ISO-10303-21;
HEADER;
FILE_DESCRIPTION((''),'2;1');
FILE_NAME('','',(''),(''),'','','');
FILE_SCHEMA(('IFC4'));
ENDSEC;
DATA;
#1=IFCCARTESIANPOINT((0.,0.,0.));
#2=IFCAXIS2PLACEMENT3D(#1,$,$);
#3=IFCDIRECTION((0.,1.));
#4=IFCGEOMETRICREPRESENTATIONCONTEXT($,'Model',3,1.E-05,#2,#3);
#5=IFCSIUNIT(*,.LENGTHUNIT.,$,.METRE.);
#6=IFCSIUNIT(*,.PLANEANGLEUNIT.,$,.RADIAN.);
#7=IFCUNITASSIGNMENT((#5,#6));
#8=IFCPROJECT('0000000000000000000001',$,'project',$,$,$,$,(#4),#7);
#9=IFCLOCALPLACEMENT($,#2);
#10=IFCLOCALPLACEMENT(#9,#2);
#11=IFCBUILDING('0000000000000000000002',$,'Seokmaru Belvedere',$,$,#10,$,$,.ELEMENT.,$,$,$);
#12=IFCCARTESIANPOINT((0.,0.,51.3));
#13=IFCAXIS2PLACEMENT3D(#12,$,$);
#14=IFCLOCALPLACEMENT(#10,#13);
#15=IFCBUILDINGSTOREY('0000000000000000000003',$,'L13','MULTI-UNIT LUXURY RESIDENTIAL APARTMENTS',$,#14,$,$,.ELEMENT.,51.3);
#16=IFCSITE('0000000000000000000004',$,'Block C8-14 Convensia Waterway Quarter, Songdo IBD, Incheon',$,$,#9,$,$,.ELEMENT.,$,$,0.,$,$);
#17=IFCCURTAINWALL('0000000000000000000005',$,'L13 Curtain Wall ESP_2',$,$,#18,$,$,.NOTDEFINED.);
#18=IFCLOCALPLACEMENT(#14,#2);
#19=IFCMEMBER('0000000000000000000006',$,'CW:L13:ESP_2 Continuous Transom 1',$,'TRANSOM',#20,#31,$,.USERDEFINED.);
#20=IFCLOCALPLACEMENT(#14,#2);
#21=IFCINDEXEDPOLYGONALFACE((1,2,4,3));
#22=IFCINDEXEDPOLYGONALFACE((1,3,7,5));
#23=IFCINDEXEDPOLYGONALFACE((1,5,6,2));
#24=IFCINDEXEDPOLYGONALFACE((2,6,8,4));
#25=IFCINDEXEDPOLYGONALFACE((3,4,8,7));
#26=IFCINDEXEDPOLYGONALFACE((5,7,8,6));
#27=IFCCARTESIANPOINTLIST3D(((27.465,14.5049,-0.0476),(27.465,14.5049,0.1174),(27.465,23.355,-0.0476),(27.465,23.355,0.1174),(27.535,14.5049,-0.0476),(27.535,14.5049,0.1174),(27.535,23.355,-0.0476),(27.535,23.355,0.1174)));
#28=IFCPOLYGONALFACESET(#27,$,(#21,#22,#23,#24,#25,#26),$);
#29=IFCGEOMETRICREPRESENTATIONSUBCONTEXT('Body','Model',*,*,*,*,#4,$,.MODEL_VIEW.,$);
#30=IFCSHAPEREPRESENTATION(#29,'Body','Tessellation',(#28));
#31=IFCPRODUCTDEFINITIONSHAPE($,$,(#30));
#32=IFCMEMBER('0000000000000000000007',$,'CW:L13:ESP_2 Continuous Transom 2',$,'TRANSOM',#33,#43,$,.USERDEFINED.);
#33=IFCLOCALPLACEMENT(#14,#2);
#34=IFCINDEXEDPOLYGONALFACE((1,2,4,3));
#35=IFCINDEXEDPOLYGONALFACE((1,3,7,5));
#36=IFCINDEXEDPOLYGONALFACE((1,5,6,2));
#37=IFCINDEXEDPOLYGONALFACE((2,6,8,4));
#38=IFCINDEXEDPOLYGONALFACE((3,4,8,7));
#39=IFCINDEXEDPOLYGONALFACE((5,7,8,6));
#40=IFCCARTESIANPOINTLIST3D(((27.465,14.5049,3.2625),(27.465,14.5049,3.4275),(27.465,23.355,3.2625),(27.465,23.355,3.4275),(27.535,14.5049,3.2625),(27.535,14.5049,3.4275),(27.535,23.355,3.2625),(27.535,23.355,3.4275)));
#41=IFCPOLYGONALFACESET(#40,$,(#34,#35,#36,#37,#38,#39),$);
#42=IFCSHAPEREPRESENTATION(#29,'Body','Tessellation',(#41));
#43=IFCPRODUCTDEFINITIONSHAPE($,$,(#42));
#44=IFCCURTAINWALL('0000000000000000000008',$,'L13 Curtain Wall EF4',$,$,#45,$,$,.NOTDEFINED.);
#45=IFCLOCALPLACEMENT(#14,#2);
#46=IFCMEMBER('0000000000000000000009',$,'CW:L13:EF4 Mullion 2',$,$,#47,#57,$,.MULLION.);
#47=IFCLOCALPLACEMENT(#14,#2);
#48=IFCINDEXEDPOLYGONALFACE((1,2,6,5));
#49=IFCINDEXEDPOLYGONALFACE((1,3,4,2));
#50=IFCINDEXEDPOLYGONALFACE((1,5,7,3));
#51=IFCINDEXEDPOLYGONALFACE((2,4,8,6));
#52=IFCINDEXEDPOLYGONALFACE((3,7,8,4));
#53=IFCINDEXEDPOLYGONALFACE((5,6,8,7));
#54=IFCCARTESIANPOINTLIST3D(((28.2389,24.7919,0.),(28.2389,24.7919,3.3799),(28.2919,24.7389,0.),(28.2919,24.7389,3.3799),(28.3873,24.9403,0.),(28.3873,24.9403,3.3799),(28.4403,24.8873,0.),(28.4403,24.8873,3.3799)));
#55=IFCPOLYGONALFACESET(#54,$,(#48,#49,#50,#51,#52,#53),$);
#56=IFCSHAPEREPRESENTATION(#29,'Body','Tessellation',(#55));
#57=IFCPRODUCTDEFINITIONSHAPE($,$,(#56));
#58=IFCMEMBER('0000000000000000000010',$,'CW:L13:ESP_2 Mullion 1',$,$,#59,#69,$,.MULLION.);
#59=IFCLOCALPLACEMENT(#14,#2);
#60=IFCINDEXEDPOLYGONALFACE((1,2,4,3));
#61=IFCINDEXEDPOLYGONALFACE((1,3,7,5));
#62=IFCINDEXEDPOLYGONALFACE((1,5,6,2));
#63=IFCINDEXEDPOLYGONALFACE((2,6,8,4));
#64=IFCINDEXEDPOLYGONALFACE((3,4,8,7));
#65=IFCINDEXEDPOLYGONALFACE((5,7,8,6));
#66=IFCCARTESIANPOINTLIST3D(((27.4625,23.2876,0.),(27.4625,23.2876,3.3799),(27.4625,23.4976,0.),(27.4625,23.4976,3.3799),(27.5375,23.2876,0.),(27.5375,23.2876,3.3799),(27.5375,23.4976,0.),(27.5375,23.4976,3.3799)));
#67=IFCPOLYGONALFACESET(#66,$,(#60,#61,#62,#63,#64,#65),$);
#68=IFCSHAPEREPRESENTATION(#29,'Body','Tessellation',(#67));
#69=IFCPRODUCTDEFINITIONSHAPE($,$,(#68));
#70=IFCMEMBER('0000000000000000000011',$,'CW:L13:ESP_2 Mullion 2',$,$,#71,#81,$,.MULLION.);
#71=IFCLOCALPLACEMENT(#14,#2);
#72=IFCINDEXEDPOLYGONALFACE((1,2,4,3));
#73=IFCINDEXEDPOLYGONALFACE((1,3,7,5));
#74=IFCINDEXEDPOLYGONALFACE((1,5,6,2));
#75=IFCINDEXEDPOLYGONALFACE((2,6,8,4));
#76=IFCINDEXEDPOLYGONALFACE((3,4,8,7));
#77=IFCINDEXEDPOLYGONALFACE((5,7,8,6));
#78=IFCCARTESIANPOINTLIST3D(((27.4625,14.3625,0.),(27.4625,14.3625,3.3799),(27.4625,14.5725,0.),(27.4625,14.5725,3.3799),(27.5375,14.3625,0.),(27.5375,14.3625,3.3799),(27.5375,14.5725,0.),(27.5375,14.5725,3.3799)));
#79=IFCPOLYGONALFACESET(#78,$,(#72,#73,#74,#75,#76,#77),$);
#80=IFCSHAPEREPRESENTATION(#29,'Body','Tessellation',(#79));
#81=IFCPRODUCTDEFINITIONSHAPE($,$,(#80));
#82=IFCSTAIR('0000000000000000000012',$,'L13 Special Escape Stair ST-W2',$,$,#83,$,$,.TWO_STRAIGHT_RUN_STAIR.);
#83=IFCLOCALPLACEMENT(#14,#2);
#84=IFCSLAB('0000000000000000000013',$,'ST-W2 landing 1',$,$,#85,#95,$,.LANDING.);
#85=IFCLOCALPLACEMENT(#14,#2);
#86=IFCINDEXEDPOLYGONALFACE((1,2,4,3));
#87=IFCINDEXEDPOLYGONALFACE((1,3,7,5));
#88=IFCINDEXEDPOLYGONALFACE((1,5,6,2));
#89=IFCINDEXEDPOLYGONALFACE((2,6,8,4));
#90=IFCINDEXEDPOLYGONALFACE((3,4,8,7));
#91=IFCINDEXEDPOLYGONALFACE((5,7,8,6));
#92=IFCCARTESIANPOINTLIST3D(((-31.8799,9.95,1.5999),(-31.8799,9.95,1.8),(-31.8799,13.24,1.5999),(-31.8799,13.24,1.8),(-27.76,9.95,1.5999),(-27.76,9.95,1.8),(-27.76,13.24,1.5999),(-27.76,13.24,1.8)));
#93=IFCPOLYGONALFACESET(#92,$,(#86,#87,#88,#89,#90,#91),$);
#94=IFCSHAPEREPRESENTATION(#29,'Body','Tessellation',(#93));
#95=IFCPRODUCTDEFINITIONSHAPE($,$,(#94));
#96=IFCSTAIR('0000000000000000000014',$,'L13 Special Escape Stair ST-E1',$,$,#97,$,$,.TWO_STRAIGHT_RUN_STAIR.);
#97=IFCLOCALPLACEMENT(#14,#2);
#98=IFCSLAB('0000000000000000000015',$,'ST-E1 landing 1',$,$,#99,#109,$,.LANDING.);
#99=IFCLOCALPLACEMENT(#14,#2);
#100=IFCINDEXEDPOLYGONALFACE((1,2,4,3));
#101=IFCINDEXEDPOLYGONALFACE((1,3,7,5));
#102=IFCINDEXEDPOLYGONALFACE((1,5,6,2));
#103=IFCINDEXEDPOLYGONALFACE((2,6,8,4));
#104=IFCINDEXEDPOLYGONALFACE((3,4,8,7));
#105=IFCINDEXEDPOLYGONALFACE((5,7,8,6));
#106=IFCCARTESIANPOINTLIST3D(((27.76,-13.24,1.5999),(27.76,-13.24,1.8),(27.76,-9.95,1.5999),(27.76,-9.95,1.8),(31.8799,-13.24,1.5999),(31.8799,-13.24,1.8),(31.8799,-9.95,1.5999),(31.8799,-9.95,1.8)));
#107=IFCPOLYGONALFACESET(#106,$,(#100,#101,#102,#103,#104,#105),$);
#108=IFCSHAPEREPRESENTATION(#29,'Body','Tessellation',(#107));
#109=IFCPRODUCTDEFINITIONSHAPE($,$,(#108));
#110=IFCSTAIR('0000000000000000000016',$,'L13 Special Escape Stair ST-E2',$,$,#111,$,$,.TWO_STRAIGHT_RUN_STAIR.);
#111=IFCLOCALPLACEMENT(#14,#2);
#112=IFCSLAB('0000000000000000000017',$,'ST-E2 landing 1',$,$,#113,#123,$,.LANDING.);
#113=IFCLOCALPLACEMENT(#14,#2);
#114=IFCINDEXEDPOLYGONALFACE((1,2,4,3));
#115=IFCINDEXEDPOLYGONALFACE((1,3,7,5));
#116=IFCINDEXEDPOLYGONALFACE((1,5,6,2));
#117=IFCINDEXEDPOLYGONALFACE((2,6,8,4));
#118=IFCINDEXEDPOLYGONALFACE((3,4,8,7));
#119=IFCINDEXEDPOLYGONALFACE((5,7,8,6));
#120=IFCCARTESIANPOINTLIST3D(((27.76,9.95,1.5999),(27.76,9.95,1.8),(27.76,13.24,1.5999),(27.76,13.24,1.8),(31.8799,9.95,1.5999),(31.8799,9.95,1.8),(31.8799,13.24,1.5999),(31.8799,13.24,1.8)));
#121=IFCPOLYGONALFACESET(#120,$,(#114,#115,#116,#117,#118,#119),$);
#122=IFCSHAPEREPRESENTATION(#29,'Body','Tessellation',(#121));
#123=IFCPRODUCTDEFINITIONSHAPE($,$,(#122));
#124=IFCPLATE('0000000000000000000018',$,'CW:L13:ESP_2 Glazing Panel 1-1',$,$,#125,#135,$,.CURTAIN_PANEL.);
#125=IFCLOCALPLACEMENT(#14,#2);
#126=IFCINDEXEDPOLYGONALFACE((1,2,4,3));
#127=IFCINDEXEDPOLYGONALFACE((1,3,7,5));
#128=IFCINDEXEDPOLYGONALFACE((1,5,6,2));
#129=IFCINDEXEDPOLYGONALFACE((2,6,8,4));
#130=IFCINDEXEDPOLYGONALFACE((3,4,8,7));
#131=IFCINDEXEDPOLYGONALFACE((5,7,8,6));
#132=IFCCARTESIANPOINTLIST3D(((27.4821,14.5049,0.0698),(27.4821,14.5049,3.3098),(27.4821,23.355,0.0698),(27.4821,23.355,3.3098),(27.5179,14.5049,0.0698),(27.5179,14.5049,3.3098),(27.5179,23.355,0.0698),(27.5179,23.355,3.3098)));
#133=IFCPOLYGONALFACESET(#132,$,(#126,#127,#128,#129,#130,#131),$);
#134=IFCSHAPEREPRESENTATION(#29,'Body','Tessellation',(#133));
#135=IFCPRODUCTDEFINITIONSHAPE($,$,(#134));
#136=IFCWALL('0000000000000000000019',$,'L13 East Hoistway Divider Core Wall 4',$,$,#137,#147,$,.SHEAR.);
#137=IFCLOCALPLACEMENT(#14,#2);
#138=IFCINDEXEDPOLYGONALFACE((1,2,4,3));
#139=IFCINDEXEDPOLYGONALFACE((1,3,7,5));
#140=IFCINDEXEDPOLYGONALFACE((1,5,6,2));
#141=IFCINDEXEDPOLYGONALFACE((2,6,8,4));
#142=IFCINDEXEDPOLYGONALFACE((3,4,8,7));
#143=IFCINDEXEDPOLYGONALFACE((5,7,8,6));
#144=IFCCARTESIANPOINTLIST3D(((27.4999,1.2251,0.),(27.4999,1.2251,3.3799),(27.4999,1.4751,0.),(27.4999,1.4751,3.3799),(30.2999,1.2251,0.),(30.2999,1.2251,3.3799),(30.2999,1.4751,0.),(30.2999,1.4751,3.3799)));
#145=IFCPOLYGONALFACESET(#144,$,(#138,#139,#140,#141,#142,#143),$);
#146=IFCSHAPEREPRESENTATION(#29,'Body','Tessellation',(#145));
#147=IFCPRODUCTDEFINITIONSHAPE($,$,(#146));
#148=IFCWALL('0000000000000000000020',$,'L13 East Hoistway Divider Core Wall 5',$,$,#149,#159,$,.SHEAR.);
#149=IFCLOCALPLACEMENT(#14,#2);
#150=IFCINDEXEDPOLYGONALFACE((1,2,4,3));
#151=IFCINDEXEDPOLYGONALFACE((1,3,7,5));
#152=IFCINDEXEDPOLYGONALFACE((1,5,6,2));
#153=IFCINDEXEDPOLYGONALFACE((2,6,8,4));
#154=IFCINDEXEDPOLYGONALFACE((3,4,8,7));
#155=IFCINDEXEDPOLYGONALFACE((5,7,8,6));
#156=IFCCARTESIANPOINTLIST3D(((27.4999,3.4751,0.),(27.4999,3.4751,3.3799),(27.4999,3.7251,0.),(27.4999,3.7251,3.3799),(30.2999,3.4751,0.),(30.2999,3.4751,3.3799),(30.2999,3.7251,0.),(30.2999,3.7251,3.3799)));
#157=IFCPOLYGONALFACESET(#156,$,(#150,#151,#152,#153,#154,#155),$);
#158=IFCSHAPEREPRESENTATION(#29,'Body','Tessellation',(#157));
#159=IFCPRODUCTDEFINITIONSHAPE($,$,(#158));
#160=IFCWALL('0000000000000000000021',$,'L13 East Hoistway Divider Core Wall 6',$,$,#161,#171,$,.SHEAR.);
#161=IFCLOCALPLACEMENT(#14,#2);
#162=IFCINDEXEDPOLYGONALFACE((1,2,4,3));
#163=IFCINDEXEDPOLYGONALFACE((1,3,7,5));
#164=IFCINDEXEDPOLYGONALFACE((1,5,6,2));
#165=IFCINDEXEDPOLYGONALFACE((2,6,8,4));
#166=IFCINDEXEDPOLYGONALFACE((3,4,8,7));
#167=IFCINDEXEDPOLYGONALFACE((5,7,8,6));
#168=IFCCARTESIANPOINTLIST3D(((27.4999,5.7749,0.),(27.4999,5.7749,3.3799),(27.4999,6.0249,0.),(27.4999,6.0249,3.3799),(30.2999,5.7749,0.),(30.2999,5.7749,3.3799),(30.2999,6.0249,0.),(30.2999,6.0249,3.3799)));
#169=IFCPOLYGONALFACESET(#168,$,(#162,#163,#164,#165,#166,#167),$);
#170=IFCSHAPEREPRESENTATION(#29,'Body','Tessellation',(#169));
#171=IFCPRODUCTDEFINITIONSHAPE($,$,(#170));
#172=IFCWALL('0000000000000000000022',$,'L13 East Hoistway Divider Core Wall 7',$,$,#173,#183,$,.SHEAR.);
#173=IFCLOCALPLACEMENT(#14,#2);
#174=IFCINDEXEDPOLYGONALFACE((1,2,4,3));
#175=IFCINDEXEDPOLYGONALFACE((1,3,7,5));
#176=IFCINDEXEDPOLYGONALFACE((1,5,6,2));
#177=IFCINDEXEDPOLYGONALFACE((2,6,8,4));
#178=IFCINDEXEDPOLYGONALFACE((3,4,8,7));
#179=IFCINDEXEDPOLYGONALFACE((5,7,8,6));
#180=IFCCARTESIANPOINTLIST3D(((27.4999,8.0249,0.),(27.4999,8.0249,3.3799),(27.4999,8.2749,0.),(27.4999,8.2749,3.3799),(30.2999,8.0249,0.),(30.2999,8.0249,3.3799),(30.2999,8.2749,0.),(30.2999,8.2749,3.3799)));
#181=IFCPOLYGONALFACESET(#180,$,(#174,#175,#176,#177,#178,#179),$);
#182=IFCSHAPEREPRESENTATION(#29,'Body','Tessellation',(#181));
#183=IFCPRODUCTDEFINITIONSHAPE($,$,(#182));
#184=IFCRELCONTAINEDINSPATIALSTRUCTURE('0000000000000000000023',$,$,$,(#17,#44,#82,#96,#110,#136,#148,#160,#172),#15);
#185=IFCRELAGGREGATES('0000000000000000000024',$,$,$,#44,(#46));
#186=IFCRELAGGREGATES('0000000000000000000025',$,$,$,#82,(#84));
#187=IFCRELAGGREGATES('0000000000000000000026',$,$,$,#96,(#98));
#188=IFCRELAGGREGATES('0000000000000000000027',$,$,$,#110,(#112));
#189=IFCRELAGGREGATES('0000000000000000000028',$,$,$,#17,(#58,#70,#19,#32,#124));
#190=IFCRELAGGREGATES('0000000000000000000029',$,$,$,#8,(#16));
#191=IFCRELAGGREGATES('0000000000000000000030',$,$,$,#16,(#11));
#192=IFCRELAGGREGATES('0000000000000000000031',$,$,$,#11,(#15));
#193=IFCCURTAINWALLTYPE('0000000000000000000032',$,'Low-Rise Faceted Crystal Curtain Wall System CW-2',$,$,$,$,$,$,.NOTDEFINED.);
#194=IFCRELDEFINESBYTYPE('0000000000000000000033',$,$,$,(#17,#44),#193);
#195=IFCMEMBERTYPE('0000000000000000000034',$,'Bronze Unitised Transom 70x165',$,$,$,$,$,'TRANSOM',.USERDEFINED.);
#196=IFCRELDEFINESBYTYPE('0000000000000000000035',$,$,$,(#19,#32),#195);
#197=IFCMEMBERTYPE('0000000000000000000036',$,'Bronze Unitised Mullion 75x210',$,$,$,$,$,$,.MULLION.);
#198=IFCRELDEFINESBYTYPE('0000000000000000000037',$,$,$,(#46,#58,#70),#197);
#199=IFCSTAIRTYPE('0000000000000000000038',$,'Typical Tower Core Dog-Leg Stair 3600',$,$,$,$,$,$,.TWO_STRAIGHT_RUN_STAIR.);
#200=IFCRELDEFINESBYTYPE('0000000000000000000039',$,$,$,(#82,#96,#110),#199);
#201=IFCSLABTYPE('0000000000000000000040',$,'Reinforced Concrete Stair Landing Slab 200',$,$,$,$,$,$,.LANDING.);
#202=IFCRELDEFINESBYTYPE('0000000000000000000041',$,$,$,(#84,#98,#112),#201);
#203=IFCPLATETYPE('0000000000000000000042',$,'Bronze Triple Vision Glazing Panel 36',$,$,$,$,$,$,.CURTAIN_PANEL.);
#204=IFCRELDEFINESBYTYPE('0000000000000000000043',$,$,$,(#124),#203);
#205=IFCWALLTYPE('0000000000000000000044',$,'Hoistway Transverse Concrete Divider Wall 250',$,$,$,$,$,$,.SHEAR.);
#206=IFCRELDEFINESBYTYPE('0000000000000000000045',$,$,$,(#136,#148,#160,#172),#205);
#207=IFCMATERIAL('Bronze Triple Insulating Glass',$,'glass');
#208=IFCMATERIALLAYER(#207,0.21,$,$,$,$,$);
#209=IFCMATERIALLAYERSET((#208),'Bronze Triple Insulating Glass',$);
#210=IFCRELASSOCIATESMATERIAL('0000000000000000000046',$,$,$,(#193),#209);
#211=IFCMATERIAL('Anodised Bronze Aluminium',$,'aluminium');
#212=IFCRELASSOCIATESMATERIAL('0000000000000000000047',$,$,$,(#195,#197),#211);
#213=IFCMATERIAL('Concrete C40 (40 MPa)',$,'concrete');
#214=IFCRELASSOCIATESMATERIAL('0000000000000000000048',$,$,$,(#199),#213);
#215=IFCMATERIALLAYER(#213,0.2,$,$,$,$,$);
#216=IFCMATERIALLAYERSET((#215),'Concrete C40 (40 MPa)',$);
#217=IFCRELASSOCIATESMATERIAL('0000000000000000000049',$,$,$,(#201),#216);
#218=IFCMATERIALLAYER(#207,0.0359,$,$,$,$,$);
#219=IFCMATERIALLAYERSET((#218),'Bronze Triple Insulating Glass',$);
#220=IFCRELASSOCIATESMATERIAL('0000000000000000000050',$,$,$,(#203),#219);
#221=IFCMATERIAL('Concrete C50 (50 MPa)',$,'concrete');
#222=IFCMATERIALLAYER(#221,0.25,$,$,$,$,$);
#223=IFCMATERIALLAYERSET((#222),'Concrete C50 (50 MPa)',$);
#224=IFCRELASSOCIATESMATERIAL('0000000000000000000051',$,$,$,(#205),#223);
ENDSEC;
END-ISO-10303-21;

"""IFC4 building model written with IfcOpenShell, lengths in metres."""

from ifc_helpers import new_model, si_unit, direction, frame, frame_2d, origin, origin_2d, place, context, subcontext, project, spatial, polyline, rectangle, outline, extrude, source, transform, mapped, material, layer, layer_set, material_profile, profile_set, type_object, type_shapes, element, aggregate, save


model = new_model("IFC4")

# Units and contexts
model_context = context("Model", 3, precision=1e-05, world=origin(), true_north=direction((0.0, 1.0)))
body_context = subcontext(model_context, "Body", "Model", "MODEL_VIEW")
ifc_project = project(units=[si_unit("LENGTHUNIT", "METRE"), si_unit("PLANEANGLEUNIT", "RADIAN")], contexts=[model_context])

# Site, building, storey
site_placement = place(None, origin())
site = spatial("IfcSite", under=ifc_project, at=site_placement, Name="Block C8-14 Convensia Waterway Quarter, Songdo IBD, Incheon", CompositionType="ELEMENT", RefElevation=0.0)
building_placement = place(site_placement, origin())
building = spatial("IfcBuilding", under=site, at=building_placement, Name="Seokmaru Belvedere", CompositionType="ELEMENT")
storey_placement = place(building_placement, frame((0.0, 0.0, 51.3)))
storey = spatial("IfcBuildingStorey", under=building, at=storey_placement, Name="L13", Description="MULTI-UNIT LUXURY RESIDENTIAL APARTMENTS", CompositionType="ELEMENT", Elevation=51.3)

# Curtain wall, members
ifc_material_1 = material(Name="Bronze Triple Insulating Glass", Category="glass")
ifc_layer_1 = layer(ifc_material_1, 0.21)
ifc_layer_set_1 = layer_set([ifc_layer_1], Name="Bronze Triple Insulating Glass")
curtain_wall_type = type_object("IfcCurtainWallType", Name="Low-Rise Faceted Crystal Curtain Wall System CW-2", PredefinedType="NOTDEFINED", material=ifc_layer_set_1)
curtain_wall_1_placement = place(storey_placement, origin())
curtain_wall_1 = element("IfcCurtainWall", 1, at=curtain_wall_1_placement, inside=storey, type_object=curtain_wall_type, Name="L13 Curtain Wall ESP_2", PredefinedType="NOTDEFINED")
ifc_material_2 = material(Name="Anodised Bronze Aluminium", Category="aluminium")
ifc_material_profile_1 = material_profile(ifc_material_2, rectangle(XDim=0.0701, YDim=0.165, at=origin_2d()), Name="CW-T-70x165")
ifc_profile_set_1 = profile_set([ifc_material_profile_1], Name="Anodised Bronze Aluminium")
member_type_1 = type_object("IfcMemberType", Name="Bronze Unitised Transom 70x165", ElementType="TRANSOM", PredefinedType="USERDEFINED", material=ifc_profile_set_1)
shared_shape_1 = source(origin(), body_context, "Body", "SweptSolid", [
    extrude(rectangle(XDim=0.0701, YDim=0.165, at=origin_2d()), origin(), (0.0, 0.0, 1.0), 8.8501),
])
type_shapes(member_type_1, [shared_shape_1])
member_1_placement = place(storey_placement, frame((27.5, 23.355, 0.0349), z_axis=(0.0, -1.0, 0.0), x_axis=(1.0, 0.0, 0.0)))
member_1 = element("IfcMember", 2, at=member_1_placement, type_object=member_type_1, Name="CW:L13:ESP_2 Continuous Transom 1", ObjectType="TRANSOM", PredefinedType="USERDEFINED", context=body_context, shape_type="MappedRepresentation", body=[
    mapped(shared_shape_1, transform((0.0, 0.0, 0.0), scale=1.0)),
])
member_2_placement = place(storey_placement, frame((27.5, 23.355, 3.345), z_axis=(0.0, -1.0, 0.0), x_axis=(1.0, 0.0, 0.0)))
member_2 = element("IfcMember", 3, at=member_2_placement, type_object=member_type_1, Name="CW:L13:ESP_2 Continuous Transom 2", ObjectType="TRANSOM", PredefinedType="USERDEFINED", context=body_context, shape_type="MappedRepresentation", body=[
    mapped(shared_shape_1, transform((0.0, 0.0, 0.0), scale=1.0)),
])

# Curtain wall, member
curtain_wall_2_placement = place(storey_placement, origin())
curtain_wall_2 = element("IfcCurtainWall", 4, at=curtain_wall_2_placement, inside=storey, type_object=curtain_wall_type, Name="L13 Curtain Wall EF4", PredefinedType="NOTDEFINED")
ifc_material_profile_2 = material_profile(ifc_material_2, rectangle(XDim=0.075, YDim=0.21, at=origin_2d()), Name="CW-M-75x210")
ifc_profile_set_2 = profile_set([ifc_material_profile_2], Name="Anodised Bronze Aluminium")
member_type_2 = type_object("IfcMemberType", Name="Bronze Unitised Mullion 75x210", PredefinedType="MULLION", material=ifc_profile_set_2)
shared_shape_2 = source(origin(), body_context, "Body", "SweptSolid", [
    extrude(rectangle(XDim=0.075, YDim=0.21, at=origin_2d()), origin(), (0.0, 0.0, 1.0), 3.3799),
])
type_shapes(member_type_2, [shared_shape_2])
member_3_placement = place(storey_placement, frame((28.3396, 24.8396, 0.0), z_axis=(0.0, 0.0, 1.0), x_axis=(0.707107, -0.707107, 0.0)))
member_3 = element("IfcMember", 5, at=member_3_placement, type_object=member_type_2, Name="CW:L13:EF4 Mullion 2", PredefinedType="MULLION", context=body_context, shape_type="MappedRepresentation", body=[
    mapped(shared_shape_2, transform((0.0, 0.0, 0.0), scale=1.0)),
])
aggregate(curtain_wall_2, [member_3])

# Members
member_4_placement = place(storey_placement, frame((27.5, 23.3926, 0.0), z_axis=(0.0, 0.0, 1.0), x_axis=(1.0, 0.0, 0.0)))
member_4 = element("IfcMember", 6, at=member_4_placement, type_object=member_type_2, Name="CW:L13:ESP_2 Mullion 1", PredefinedType="MULLION", context=body_context, shape_type="MappedRepresentation", body=[
    mapped(shared_shape_2, transform((0.0, 0.0, 0.0), scale=1.0)),
])
member_5_placement = place(storey_placement, frame((27.5, 14.4675, 0.0), z_axis=(0.0, 0.0, 1.0), x_axis=(1.0, 0.0, 0.0)))
member_5 = element("IfcMember", 7, at=member_5_placement, type_object=member_type_2, Name="CW:L13:ESP_2 Mullion 2", PredefinedType="MULLION", context=body_context, shape_type="MappedRepresentation", body=[
    mapped(shared_shape_2, transform((0.0, 0.0, 0.0), scale=1.0)),
])

# Stairs, slabs
ifc_material_3 = material(Name="Concrete C40 (40 MPa)", Category="concrete")
stair_type = type_object("IfcStairType", Name="Typical Tower Core Dog-Leg Stair 3600", PredefinedType="TWO_STRAIGHT_RUN_STAIR", material=ifc_material_3)
stair_1_placement = place(storey_placement, origin())
stair_1 = element("IfcStair", 8, at=stair_1_placement, inside=storey, type_object=stair_type, Name="L13 Special Escape Stair ST-W2", PredefinedType="TWO_STRAIGHT_RUN_STAIR")
ifc_layer_2 = layer(ifc_material_3, 0.2)
ifc_layer_set_2 = layer_set([ifc_layer_2], Name="Concrete C40 (40 MPa)")
slab_type = type_object("IfcSlabType", Name="Reinforced Concrete Stair Landing Slab 200", PredefinedType="LANDING", material=ifc_layer_set_2)
slab_1_placement = place(storey_placement, frame((0.0, 0.0, 1.5999)))
slab_1 = element("IfcSlab", 9, at=slab_1_placement, type_object=slab_type, Name="ST-W2 landing 1", PredefinedType="LANDING", context=body_context, shape_type="SweptSolid", body=[
    extrude(outline(polyline([(-31.8799, 9.95), (-27.76, 9.95), (-27.76, 13.24), (-31.8799, 13.24), (-31.8799, 9.95)])), origin(), (0.0, 0.0, 1.0), 0.2002),
])
aggregate(stair_1, [slab_1])
stair_2_placement = place(storey_placement, origin())
stair_2 = element("IfcStair", 10, at=stair_2_placement, inside=storey, type_object=stair_type, Name="L13 Special Escape Stair ST-E1", PredefinedType="TWO_STRAIGHT_RUN_STAIR")
slab_2_placement = place(storey_placement, frame((0.0, 0.0, 1.5999)))
slab_2 = element("IfcSlab", 11, at=slab_2_placement, type_object=slab_type, Name="ST-E1 landing 1", PredefinedType="LANDING", context=body_context, shape_type="SweptSolid", body=[
    extrude(outline(polyline([(27.76, -13.24), (31.8799, -13.24), (31.8799, -9.95), (27.76, -9.95), (27.76, -13.24)])), origin(), (0.0, 0.0, 1.0), 0.2002),
])
aggregate(stair_2, [slab_2])
stair_3_placement = place(storey_placement, origin())
stair_3 = element("IfcStair", 12, at=stair_3_placement, inside=storey, type_object=stair_type, Name="L13 Special Escape Stair ST-E2", PredefinedType="TWO_STRAIGHT_RUN_STAIR")
slab_3_placement = place(storey_placement, frame((0.0, 0.0, 1.5999)))
slab_3 = element("IfcSlab", 13, at=slab_3_placement, type_object=slab_type, Name="ST-E2 landing 1", PredefinedType="LANDING", context=body_context, shape_type="SweptSolid", body=[
    extrude(outline(polyline([(27.76, 9.95), (31.8799, 9.95), (31.8799, 13.24), (27.76, 13.24), (27.76, 9.95)])), origin(), (0.0, 0.0, 1.0), 0.2002),
])
aggregate(stair_3, [slab_3])

# Plate
ifc_layer_3 = layer(ifc_material_1, 0.0359)
ifc_layer_set_3 = layer_set([ifc_layer_3], Name="Bronze Triple Insulating Glass")
plate_type = type_object("IfcPlateType", Name="Bronze Triple Vision Glazing Panel 36", PredefinedType="CURTAIN_PANEL", material=ifc_layer_set_3)
shared_shape_3 = source(origin(), body_context, "Body", "SweptSolid", [
    extrude(rectangle(XDim=8.8501, YDim=0.0359, at=origin_2d()), origin(), (0.0, 0.0, 1.0), 3.24),
])
type_shapes(plate_type, [shared_shape_3])
plate_placement = place(storey_placement, frame((27.5, 18.9299, 0.0698), z_axis=(0.0, 0.0, 1.0), x_axis=(0.0, -1.0, 0.0)))
plate = element("IfcPlate", 14, at=plate_placement, type_object=plate_type, Name="CW:L13:ESP_2 Glazing Panel 1-1", PredefinedType="CURTAIN_PANEL", context=body_context, shape_type="MappedRepresentation", body=[
    mapped(shared_shape_3, transform((0.0, 0.0, 0.0), scale=1.0)),
])
aggregate(curtain_wall_1, [member_4, member_5, member_1, member_2, plate])

# Walls
ifc_material_4 = material(Name="Concrete C50 (50 MPa)", Category="concrete")
ifc_layer_4 = layer(ifc_material_4, 0.25)
ifc_layer_set_4 = layer_set([ifc_layer_4], Name="Concrete C50 (50 MPa)")
wall_type_1 = type_object("IfcWallType", Name="Hoistway Transverse Concrete Divider Wall 250", PredefinedType="SHEAR", material=ifc_layer_set_4)
for number, where, z_axis, x_axis, name in (
    (15, (27.5, 1.3501, 0.0), (0.0, 0.0, 1.0), (1.0, 0.0, 0.0), "L13 East Hoistway Divider Core Wall 4"),
    (16, (27.5, 3.6001, 0.0), (0.0, 0.0, 1.0), (1.0, 0.0, 0.0), "L13 East Hoistway Divider Core Wall 5"),
    (17, (27.5, 5.8999, 0.0), (0.0, 0.0, 1.0), (1.0, 0.0, 0.0), "L13 East Hoistway Divider Core Wall 6"),
    (18, (27.5, 8.1499, 0.0), (0.0, 0.0, 1.0), (1.0, 0.0, 0.0), "L13 East Hoistway Divider Core Wall 7"),
):
    element("IfcWall", number, at=place(storey_placement, frame(where, z_axis=z_axis, x_axis=x_axis)), inside=storey, type_object=wall_type_1, Name=name, PredefinedType="SHEAR", context=body_context, shape_type="SweptSolid", body=[
        extrude(rectangle(XDim=2.8, YDim=0.25, at=frame_2d((1.3999, 0.0))), origin(), (0.0, 0.0, 1.0), 3.3799),
    ])

save(model, "model.ifc")
